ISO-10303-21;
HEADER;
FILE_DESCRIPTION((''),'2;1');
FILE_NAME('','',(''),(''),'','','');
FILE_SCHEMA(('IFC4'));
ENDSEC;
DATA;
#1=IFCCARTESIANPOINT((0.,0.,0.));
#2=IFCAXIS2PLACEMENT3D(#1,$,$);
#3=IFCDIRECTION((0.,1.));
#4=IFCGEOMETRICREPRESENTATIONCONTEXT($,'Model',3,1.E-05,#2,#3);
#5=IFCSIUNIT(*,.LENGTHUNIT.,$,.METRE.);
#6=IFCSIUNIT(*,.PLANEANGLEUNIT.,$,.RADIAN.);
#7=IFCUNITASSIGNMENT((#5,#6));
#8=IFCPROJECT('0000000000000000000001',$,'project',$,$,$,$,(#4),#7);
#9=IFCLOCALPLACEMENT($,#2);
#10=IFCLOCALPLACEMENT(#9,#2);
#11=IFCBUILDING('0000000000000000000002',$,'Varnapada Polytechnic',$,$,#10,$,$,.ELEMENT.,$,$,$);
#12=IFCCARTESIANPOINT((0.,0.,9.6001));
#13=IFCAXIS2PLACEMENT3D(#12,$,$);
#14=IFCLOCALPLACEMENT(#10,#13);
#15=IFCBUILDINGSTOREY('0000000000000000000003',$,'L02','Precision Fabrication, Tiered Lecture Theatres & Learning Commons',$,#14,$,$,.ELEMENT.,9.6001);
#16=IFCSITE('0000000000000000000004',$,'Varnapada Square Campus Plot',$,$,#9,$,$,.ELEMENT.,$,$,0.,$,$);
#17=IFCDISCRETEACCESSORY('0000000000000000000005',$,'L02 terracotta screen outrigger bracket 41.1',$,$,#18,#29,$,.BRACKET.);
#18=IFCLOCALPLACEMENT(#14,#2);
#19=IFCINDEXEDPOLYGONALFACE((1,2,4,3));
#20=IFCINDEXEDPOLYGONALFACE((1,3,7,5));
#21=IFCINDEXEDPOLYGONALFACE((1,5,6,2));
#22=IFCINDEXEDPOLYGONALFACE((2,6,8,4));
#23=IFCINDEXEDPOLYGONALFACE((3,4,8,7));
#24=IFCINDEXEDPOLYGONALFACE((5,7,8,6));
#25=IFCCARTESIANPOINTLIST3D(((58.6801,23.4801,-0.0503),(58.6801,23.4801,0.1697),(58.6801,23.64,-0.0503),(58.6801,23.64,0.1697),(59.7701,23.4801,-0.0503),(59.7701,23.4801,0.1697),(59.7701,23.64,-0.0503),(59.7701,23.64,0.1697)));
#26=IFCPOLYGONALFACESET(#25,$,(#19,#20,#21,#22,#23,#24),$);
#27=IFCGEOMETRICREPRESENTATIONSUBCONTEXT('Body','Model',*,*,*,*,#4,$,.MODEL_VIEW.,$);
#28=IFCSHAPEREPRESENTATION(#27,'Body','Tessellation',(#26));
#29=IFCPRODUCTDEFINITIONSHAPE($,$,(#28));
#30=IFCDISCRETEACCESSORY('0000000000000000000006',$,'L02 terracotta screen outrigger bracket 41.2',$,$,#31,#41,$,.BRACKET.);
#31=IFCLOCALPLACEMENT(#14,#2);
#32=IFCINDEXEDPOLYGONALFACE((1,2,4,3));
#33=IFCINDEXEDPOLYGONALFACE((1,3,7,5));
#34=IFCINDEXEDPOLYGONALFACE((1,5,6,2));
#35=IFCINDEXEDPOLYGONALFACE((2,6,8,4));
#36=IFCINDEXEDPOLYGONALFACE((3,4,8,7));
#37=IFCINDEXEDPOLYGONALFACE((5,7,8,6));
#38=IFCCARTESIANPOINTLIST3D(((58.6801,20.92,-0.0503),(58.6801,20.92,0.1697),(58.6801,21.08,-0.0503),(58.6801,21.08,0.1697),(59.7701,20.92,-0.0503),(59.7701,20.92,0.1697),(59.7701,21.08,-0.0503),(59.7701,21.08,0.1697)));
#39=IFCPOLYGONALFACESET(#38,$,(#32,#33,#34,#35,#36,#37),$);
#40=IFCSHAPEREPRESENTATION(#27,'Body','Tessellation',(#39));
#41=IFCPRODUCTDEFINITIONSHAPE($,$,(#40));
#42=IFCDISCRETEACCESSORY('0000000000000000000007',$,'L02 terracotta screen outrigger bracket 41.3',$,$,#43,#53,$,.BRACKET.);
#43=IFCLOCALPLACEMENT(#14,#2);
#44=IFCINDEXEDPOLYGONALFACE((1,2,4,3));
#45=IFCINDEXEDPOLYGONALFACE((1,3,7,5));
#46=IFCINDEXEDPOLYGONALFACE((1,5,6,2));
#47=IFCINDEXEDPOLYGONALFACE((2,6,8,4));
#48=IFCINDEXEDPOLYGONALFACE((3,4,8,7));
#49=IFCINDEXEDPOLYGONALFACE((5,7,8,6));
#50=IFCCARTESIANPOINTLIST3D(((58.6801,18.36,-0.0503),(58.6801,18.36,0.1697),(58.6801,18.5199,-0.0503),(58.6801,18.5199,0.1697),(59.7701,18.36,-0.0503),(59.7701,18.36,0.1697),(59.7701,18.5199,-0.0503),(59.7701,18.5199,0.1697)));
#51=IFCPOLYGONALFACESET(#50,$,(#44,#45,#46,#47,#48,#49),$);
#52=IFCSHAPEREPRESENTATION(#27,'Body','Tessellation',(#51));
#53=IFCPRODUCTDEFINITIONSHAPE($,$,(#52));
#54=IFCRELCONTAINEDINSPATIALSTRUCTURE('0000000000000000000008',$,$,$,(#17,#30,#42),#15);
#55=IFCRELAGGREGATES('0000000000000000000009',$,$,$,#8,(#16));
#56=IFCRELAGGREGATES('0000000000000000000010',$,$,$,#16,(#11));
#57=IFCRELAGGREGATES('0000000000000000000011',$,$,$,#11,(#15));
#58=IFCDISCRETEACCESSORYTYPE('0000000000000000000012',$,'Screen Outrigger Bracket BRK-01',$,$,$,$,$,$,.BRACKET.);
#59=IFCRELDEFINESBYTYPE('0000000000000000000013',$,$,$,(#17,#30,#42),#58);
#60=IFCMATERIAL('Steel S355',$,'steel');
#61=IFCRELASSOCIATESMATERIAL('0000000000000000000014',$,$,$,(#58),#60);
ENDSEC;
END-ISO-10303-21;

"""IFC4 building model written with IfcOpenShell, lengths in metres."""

from ifc_helpers import new_model, si_unit, direction, frame, origin, origin_2d, place, context, subcontext, project, spatial, rectangle, extrude, material, type_object, element, save


model = new_model("IFC4")

# Units and contexts
model_context = context("Model", 3, precision=1e-05, world=origin(), true_north=direction((0.0, 1.0)))
body_context = subcontext(model_context, "Body", "Model", "MODEL_VIEW")
ifc_project = project(units=[si_unit("LENGTHUNIT", "METRE"), si_unit("PLANEANGLEUNIT", "RADIAN")], contexts=[model_context])

# Site, building, storey
site_placement = place(None, origin())
site = spatial("IfcSite", under=ifc_project, at=site_placement, Name="Varnapada Square Campus Plot", CompositionType="ELEMENT", RefElevation=0.0)
building_placement = place(site_placement, origin())
building = spatial("IfcBuilding", under=site, at=building_placement, Name="Varnapada Polytechnic", CompositionType="ELEMENT")
storey_placement = place(building_placement, frame((0.0, 0.0, 9.6001)))
storey = spatial("IfcBuildingStorey", under=building, at=storey_placement, Name="L02", Description="Precision Fabrication, Tiered Lecture Theatres & Learning Commons", CompositionType="ELEMENT", Elevation=9.6001)

# Discrete accessories
ifc_material_1 = material(Name="Steel S355", Category="steel")
discrete_accessory_type = type_object("IfcDiscreteAccessoryType", Name="Screen Outrigger Bracket BRK-01", PredefinedType="BRACKET", material=ifc_material_1)
for number, where, z_axis, x_axis, name in (
    (1, (59.2251, 23.5601, -0.0503), (0.0, 0.0, 1.0), (0.0, -1.0, 0.0), "L02 terracotta screen outrigger bracket 41.1"),
    (2, (59.2251, 21.0, -0.0503), (0.0, 0.0, 1.0), (0.0, -1.0, 0.0), "L02 terracotta screen outrigger bracket 41.2"),
    (3, (59.2251, 18.4399, -0.0503), (0.0, 0.0, 1.0), (0.0, -1.0, 0.0), "L02 terracotta screen outrigger bracket 41.3"),
):
    element("IfcDiscreteAccessory", number, at=place(storey_placement, frame(where, z_axis=z_axis, x_axis=x_axis)), inside=storey, type_object=discrete_accessory_type, Name=name, PredefinedType="BRACKET", context=body_context, shape_type="SweptSolid", body=[
        extrude(rectangle(XDim=0.1599, YDim=1.0901, at=origin_2d()), origin(), (0.0, 0.0, 1.0), 0.22),
    ])

save(model, "model.ifc")
